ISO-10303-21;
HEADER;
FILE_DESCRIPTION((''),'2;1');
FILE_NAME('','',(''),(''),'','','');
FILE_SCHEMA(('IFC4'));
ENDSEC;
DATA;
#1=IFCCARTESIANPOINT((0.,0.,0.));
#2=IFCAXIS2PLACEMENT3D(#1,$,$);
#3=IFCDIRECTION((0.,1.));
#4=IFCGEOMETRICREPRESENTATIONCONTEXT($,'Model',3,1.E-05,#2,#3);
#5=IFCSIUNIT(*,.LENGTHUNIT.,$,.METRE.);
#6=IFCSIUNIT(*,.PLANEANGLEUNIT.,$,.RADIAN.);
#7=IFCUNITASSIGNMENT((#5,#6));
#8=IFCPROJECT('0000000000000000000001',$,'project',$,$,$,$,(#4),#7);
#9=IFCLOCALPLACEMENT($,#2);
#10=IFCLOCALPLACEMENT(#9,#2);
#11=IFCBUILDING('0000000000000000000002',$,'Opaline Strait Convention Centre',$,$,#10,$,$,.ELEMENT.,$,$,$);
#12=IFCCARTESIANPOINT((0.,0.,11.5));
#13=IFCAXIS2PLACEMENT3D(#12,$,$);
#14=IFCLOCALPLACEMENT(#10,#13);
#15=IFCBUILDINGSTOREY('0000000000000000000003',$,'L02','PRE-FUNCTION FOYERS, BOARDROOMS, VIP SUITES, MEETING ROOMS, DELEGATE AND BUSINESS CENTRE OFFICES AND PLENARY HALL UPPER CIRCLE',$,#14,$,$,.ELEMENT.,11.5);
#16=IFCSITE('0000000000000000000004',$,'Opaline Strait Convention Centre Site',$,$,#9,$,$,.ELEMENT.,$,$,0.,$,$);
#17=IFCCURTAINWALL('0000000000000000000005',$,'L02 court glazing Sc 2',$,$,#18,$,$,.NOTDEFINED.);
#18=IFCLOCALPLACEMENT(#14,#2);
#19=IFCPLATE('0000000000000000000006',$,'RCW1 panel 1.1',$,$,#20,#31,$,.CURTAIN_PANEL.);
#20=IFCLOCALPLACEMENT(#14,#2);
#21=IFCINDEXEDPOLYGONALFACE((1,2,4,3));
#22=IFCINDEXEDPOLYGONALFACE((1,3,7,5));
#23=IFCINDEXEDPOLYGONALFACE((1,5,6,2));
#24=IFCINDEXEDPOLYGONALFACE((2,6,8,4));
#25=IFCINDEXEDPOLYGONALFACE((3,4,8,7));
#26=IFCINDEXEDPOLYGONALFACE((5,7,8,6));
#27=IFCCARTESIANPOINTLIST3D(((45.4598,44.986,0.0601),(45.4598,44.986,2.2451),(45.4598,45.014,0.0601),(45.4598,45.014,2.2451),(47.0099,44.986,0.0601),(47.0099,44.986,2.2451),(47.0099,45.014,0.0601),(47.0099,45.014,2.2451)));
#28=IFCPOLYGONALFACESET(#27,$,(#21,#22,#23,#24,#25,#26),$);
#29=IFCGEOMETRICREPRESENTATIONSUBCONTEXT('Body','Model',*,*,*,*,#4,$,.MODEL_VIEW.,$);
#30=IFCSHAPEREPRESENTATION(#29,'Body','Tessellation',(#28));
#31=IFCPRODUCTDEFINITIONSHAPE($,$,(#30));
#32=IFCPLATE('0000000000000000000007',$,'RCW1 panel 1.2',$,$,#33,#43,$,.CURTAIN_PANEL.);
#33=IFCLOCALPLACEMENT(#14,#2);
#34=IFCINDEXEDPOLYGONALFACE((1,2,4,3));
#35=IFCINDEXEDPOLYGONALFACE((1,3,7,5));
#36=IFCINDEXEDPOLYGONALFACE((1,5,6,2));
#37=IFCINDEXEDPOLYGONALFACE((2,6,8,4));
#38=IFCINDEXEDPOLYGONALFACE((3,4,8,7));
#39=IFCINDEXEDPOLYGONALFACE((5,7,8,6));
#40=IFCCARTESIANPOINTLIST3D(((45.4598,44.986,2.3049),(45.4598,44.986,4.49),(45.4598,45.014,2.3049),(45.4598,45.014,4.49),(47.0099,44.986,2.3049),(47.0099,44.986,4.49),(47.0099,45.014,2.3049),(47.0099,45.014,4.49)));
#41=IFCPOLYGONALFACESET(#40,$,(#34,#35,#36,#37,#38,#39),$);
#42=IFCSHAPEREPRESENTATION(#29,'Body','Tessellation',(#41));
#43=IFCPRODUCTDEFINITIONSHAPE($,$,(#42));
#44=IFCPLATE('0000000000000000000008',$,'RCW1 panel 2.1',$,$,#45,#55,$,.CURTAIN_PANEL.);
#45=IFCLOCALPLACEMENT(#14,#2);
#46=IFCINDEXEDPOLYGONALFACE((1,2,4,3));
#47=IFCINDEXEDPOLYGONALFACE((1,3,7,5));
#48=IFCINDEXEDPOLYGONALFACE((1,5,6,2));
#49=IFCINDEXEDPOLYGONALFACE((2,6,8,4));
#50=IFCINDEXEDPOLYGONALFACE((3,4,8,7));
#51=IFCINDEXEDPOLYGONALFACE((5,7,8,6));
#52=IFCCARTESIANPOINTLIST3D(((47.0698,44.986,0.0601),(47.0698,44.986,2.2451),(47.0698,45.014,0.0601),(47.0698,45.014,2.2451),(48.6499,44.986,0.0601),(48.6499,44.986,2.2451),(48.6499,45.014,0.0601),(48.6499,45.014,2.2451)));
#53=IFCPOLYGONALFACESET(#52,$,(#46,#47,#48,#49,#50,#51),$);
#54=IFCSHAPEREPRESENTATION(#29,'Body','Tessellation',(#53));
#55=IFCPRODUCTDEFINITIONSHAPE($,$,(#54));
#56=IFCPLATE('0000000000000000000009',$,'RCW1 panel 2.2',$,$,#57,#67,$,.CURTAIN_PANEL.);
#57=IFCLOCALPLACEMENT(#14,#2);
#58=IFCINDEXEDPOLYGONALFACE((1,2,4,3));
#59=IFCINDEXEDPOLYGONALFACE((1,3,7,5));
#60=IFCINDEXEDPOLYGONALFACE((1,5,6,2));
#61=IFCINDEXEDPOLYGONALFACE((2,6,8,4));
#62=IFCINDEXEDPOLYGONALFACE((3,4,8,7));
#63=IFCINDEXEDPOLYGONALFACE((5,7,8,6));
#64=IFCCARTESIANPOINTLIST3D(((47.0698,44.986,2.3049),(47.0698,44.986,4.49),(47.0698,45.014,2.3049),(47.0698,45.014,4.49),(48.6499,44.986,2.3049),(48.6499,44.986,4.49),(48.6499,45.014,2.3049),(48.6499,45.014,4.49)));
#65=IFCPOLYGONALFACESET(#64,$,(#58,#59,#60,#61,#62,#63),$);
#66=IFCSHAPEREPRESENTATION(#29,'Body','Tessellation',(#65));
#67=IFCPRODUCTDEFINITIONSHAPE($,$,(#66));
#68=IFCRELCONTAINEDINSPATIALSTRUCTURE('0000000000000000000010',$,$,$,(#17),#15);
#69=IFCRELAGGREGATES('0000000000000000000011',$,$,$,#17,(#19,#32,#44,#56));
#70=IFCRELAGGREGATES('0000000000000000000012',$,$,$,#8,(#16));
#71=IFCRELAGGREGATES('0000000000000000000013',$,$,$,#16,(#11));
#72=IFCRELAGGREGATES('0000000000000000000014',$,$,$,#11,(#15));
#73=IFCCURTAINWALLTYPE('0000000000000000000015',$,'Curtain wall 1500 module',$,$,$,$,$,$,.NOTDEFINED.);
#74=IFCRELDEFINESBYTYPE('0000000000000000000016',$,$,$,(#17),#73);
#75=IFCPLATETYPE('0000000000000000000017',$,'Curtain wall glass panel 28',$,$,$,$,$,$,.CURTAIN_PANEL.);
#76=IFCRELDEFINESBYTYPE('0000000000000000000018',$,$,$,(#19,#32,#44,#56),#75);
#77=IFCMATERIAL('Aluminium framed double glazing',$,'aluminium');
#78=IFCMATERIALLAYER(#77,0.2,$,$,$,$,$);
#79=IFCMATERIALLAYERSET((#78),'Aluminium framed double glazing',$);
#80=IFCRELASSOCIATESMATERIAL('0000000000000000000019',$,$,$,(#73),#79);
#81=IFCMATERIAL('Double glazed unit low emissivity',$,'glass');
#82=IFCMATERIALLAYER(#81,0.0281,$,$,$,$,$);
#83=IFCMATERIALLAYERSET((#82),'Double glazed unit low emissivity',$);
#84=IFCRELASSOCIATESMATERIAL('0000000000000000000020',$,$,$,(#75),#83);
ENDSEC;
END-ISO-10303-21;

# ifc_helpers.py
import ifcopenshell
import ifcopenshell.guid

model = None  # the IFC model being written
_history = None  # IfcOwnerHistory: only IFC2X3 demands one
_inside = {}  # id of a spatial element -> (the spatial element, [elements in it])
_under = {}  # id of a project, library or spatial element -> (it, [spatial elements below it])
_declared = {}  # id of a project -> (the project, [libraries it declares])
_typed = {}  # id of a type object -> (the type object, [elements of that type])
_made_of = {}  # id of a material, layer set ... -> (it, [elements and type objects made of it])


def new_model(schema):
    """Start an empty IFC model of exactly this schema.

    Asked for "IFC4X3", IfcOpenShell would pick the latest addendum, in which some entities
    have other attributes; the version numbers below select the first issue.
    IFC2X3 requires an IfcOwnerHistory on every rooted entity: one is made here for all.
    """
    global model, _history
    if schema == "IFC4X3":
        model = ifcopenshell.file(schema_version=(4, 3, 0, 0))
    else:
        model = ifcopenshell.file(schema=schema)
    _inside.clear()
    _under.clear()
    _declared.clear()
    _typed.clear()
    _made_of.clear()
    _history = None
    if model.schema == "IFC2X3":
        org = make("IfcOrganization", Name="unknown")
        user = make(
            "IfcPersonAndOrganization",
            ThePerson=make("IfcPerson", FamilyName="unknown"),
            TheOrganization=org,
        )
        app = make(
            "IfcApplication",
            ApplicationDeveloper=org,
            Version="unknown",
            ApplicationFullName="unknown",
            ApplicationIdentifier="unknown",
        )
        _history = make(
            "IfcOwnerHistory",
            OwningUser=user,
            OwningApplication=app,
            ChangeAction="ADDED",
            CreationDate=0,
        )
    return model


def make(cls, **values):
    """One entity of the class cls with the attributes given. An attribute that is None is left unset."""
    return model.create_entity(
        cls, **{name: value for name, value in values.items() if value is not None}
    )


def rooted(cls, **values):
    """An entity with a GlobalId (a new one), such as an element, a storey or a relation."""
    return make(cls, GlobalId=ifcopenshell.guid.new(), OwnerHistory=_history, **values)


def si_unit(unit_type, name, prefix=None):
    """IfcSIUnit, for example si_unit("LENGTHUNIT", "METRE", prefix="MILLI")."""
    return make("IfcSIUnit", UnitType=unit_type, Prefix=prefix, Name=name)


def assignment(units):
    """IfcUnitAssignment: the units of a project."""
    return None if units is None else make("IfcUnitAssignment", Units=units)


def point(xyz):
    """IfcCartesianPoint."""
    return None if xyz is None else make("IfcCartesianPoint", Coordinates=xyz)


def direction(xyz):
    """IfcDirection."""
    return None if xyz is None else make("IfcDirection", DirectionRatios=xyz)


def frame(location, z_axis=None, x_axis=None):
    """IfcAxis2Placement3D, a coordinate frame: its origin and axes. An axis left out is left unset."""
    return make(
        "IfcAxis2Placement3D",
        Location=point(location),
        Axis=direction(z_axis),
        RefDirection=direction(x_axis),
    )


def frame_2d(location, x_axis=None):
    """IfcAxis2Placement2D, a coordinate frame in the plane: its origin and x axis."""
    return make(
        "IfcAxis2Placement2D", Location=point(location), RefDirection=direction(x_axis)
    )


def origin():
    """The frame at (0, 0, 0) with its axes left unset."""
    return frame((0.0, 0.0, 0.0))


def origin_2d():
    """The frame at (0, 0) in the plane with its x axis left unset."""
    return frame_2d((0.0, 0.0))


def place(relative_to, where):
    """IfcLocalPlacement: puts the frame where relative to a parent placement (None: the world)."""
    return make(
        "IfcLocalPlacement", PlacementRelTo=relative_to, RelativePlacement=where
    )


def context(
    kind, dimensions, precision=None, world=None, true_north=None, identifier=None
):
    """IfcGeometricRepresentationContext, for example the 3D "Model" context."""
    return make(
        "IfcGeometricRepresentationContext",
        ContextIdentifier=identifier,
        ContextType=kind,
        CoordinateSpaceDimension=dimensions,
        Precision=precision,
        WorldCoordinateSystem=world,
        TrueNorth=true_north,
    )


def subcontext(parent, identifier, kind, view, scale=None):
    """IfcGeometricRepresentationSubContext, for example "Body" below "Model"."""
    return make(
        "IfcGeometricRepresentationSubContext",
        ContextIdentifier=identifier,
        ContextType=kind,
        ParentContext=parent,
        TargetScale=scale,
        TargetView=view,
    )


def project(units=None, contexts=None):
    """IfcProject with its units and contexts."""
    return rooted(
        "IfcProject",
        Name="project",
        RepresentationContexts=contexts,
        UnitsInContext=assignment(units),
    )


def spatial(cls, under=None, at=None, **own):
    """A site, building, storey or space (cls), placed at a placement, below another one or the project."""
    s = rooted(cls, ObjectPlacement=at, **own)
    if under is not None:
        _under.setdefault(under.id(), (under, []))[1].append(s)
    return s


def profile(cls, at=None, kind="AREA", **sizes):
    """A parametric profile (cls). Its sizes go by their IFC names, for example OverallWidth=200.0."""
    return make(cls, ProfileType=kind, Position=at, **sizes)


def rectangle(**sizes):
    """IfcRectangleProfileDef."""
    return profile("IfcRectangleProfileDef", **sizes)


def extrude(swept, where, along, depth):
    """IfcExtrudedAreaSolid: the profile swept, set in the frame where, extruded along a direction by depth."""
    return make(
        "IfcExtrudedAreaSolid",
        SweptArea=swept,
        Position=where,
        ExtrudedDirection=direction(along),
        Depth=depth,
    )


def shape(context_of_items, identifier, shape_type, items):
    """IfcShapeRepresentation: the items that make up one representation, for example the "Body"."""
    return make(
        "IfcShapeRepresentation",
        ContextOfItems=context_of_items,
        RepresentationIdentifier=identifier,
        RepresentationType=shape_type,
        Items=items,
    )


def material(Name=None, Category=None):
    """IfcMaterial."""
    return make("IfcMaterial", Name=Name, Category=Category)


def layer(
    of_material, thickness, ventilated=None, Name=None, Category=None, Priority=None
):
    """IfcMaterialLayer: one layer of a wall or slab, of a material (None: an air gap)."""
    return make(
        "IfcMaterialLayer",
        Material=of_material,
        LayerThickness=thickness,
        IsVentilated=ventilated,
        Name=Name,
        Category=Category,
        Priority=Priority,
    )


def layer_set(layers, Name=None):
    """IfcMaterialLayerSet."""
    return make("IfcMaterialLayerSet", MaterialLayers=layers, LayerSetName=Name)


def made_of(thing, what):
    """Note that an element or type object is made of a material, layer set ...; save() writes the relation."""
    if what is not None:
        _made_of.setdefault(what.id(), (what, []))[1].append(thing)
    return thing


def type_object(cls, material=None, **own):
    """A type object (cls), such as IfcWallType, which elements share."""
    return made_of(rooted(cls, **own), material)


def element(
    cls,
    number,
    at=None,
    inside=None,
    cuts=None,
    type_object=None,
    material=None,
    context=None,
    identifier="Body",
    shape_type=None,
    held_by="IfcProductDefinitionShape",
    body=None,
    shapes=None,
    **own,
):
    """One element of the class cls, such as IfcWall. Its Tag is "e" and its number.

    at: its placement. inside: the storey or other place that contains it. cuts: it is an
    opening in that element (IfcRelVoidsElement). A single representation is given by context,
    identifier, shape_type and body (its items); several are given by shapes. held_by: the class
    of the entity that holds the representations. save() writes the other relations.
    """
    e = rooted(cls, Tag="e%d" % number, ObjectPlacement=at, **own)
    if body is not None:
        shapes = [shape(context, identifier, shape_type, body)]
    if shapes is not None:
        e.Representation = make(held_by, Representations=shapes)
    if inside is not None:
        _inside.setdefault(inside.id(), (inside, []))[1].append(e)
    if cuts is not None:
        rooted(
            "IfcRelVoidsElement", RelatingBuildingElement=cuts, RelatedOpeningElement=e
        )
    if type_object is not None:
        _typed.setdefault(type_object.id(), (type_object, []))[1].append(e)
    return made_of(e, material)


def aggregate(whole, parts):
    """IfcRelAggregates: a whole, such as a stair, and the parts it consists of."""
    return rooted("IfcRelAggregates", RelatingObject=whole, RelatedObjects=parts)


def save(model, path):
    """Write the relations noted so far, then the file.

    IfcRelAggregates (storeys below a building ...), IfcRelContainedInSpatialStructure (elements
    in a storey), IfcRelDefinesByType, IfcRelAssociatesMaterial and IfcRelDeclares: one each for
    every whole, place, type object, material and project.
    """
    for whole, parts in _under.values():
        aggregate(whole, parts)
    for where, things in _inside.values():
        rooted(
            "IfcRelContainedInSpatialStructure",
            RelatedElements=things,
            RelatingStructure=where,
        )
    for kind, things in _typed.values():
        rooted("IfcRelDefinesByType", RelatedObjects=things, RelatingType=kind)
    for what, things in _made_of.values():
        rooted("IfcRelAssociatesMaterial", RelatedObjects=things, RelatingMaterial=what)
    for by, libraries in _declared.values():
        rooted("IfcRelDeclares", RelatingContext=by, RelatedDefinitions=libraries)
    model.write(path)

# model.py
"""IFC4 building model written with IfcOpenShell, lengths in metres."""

from ifc_helpers import new_model, si_unit, direction, frame, origin, origin_2d, place, context, subcontext, project, spatial, rectangle, extrude, material, layer, layer_set, type_object, element, aggregate, save


model = new_model("IFC4")

# Units and contexts
model_context = context("Model", 3, precision=1e-05, world=origin(), true_north=direction((0.0, 1.0)))
body_context = subcontext(model_context, "Body", "Model", "MODEL_VIEW")
ifc_project = project(units=[si_unit("LENGTHUNIT", "METRE"), si_unit("PLANEANGLEUNIT", "RADIAN")], contexts=[model_context])

# Site, building, storey
site_placement = place(None, origin())
site = spatial("IfcSite", under=ifc_project, at=site_placement, Name="Opaline Strait Convention Centre Site", CompositionType="ELEMENT", RefElevation=0.0)
building_placement = place(site_placement, origin())
building = spatial("IfcBuilding", under=site, at=building_placement, Name="Opaline Strait Convention Centre", CompositionType="ELEMENT")
storey_placement = place(building_placement, frame((0.0, 0.0, 11.5)))
storey = spatial("IfcBuildingStorey", under=building, at=storey_placement, Name="L02", Description="PRE-FUNCTION FOYERS, BOARDROOMS, VIP SUITES, MEETING ROOMS, DELEGATE AND BUSINESS CENTRE OFFICES AND PLENARY HALL UPPER CIRCLE", CompositionType="ELEMENT", Elevation=11.5)

# Curtain wall
ifc_material_1 = material(Name="Aluminium framed double glazing", Category="aluminium")
ifc_layer_1 = layer(ifc_material_1, 0.2)
ifc_layer_set_1 = layer_set([ifc_layer_1], Name="Aluminium framed double glazing")
curtain_wall_type = type_object("IfcCurtainWallType", Name="Curtain wall 1500 module", PredefinedType="NOTDEFINED", material=ifc_layer_set_1)
curtain_wall_placement = place(storey_placement, origin())
curtain_wall = element("IfcCurtainWall", 1, at=curtain_wall_placement, inside=storey, type_object=curtain_wall_type, Name="L02 court glazing Sc 2", PredefinedType="NOTDEFINED")

# Plates
ifc_material_2 = material(Name="Double glazed unit low emissivity", Category="glass")
ifc_layer_2 = layer(ifc_material_2, 0.0281)
ifc_layer_set_2 = layer_set([ifc_layer_2], Name="Double glazed unit low emissivity")
plate_type = type_object("IfcPlateType", Name="Curtain wall glass panel 28", PredefinedType="CURTAIN_PANEL", material=ifc_layer_set_2)
plate_1_placement = place(storey_placement, frame((46.2349, 45.0, 0.0601), z_axis=(0.0, 0.0, 1.0), x_axis=(1.0, 0.0, 0.0)))
plate_1 = element("IfcPlate", 2, at=plate_1_placement, type_object=plate_type, Name="RCW1 panel 1.1", PredefinedType="CURTAIN_PANEL", context=body_context, shape_type="SweptSolid", body=[
    extrude(rectangle(XDim=1.55, YDim=0.0281, at=origin_2d()), origin(), (0.0, 0.0, 1.0), 2.1851),
])
plate_2_placement = place(storey_placement, frame((46.2349, 45.0, 2.3049), z_axis=(0.0, 0.0, 1.0), x_axis=(1.0, 0.0, 0.0)))
plate_2 = element("IfcPlate", 3, at=plate_2_placement, type_object=plate_type, Name="RCW1 panel 1.2", PredefinedType="CURTAIN_PANEL", context=body_context, shape_type="SweptSolid", body=[
    extrude(rectangle(XDim=1.55, YDim=0.0281, at=origin_2d()), origin(), (0.0, 0.0, 1.0), 2.1851),
])
plate_3_placement = place(storey_placement, frame((47.8599, 45.0, 0.0601), z_axis=(0.0, 0.0, 1.0), x_axis=(1.0, 0.0, 0.0)))
plate_3 = element("IfcPlate", 4, at=plate_3_placement, type_object=plate_type, Name="RCW1 panel 2.1", PredefinedType="CURTAIN_PANEL", context=body_context, shape_type="SweptSolid", body=[
    extrude(rectangle(XDim=1.5801, YDim=0.0281, at=origin_2d()), origin(), (0.0, 0.0, 1.0), 2.1851),
])
plate_4_placement = place(storey_placement, frame((47.8599, 45.0, 2.3049), z_axis=(0.0, 0.0, 1.0), x_axis=(1.0, 0.0, 0.0)))
plate_4 = element("IfcPlate", 5, at=plate_4_placement, type_object=plate_type, Name="RCW1 panel 2.2", PredefinedType="CURTAIN_PANEL", context=body_context, shape_type="SweptSolid", body=[
    extrude(rectangle(XDim=1.5801, YDim=0.0281, at=origin_2d()), origin(), (0.0, 0.0, 1.0), 2.1851),
])
aggregate(curtain_wall, [plate_1, plate_2, plate_3, plate_4])

save(model, "model.ifc")
